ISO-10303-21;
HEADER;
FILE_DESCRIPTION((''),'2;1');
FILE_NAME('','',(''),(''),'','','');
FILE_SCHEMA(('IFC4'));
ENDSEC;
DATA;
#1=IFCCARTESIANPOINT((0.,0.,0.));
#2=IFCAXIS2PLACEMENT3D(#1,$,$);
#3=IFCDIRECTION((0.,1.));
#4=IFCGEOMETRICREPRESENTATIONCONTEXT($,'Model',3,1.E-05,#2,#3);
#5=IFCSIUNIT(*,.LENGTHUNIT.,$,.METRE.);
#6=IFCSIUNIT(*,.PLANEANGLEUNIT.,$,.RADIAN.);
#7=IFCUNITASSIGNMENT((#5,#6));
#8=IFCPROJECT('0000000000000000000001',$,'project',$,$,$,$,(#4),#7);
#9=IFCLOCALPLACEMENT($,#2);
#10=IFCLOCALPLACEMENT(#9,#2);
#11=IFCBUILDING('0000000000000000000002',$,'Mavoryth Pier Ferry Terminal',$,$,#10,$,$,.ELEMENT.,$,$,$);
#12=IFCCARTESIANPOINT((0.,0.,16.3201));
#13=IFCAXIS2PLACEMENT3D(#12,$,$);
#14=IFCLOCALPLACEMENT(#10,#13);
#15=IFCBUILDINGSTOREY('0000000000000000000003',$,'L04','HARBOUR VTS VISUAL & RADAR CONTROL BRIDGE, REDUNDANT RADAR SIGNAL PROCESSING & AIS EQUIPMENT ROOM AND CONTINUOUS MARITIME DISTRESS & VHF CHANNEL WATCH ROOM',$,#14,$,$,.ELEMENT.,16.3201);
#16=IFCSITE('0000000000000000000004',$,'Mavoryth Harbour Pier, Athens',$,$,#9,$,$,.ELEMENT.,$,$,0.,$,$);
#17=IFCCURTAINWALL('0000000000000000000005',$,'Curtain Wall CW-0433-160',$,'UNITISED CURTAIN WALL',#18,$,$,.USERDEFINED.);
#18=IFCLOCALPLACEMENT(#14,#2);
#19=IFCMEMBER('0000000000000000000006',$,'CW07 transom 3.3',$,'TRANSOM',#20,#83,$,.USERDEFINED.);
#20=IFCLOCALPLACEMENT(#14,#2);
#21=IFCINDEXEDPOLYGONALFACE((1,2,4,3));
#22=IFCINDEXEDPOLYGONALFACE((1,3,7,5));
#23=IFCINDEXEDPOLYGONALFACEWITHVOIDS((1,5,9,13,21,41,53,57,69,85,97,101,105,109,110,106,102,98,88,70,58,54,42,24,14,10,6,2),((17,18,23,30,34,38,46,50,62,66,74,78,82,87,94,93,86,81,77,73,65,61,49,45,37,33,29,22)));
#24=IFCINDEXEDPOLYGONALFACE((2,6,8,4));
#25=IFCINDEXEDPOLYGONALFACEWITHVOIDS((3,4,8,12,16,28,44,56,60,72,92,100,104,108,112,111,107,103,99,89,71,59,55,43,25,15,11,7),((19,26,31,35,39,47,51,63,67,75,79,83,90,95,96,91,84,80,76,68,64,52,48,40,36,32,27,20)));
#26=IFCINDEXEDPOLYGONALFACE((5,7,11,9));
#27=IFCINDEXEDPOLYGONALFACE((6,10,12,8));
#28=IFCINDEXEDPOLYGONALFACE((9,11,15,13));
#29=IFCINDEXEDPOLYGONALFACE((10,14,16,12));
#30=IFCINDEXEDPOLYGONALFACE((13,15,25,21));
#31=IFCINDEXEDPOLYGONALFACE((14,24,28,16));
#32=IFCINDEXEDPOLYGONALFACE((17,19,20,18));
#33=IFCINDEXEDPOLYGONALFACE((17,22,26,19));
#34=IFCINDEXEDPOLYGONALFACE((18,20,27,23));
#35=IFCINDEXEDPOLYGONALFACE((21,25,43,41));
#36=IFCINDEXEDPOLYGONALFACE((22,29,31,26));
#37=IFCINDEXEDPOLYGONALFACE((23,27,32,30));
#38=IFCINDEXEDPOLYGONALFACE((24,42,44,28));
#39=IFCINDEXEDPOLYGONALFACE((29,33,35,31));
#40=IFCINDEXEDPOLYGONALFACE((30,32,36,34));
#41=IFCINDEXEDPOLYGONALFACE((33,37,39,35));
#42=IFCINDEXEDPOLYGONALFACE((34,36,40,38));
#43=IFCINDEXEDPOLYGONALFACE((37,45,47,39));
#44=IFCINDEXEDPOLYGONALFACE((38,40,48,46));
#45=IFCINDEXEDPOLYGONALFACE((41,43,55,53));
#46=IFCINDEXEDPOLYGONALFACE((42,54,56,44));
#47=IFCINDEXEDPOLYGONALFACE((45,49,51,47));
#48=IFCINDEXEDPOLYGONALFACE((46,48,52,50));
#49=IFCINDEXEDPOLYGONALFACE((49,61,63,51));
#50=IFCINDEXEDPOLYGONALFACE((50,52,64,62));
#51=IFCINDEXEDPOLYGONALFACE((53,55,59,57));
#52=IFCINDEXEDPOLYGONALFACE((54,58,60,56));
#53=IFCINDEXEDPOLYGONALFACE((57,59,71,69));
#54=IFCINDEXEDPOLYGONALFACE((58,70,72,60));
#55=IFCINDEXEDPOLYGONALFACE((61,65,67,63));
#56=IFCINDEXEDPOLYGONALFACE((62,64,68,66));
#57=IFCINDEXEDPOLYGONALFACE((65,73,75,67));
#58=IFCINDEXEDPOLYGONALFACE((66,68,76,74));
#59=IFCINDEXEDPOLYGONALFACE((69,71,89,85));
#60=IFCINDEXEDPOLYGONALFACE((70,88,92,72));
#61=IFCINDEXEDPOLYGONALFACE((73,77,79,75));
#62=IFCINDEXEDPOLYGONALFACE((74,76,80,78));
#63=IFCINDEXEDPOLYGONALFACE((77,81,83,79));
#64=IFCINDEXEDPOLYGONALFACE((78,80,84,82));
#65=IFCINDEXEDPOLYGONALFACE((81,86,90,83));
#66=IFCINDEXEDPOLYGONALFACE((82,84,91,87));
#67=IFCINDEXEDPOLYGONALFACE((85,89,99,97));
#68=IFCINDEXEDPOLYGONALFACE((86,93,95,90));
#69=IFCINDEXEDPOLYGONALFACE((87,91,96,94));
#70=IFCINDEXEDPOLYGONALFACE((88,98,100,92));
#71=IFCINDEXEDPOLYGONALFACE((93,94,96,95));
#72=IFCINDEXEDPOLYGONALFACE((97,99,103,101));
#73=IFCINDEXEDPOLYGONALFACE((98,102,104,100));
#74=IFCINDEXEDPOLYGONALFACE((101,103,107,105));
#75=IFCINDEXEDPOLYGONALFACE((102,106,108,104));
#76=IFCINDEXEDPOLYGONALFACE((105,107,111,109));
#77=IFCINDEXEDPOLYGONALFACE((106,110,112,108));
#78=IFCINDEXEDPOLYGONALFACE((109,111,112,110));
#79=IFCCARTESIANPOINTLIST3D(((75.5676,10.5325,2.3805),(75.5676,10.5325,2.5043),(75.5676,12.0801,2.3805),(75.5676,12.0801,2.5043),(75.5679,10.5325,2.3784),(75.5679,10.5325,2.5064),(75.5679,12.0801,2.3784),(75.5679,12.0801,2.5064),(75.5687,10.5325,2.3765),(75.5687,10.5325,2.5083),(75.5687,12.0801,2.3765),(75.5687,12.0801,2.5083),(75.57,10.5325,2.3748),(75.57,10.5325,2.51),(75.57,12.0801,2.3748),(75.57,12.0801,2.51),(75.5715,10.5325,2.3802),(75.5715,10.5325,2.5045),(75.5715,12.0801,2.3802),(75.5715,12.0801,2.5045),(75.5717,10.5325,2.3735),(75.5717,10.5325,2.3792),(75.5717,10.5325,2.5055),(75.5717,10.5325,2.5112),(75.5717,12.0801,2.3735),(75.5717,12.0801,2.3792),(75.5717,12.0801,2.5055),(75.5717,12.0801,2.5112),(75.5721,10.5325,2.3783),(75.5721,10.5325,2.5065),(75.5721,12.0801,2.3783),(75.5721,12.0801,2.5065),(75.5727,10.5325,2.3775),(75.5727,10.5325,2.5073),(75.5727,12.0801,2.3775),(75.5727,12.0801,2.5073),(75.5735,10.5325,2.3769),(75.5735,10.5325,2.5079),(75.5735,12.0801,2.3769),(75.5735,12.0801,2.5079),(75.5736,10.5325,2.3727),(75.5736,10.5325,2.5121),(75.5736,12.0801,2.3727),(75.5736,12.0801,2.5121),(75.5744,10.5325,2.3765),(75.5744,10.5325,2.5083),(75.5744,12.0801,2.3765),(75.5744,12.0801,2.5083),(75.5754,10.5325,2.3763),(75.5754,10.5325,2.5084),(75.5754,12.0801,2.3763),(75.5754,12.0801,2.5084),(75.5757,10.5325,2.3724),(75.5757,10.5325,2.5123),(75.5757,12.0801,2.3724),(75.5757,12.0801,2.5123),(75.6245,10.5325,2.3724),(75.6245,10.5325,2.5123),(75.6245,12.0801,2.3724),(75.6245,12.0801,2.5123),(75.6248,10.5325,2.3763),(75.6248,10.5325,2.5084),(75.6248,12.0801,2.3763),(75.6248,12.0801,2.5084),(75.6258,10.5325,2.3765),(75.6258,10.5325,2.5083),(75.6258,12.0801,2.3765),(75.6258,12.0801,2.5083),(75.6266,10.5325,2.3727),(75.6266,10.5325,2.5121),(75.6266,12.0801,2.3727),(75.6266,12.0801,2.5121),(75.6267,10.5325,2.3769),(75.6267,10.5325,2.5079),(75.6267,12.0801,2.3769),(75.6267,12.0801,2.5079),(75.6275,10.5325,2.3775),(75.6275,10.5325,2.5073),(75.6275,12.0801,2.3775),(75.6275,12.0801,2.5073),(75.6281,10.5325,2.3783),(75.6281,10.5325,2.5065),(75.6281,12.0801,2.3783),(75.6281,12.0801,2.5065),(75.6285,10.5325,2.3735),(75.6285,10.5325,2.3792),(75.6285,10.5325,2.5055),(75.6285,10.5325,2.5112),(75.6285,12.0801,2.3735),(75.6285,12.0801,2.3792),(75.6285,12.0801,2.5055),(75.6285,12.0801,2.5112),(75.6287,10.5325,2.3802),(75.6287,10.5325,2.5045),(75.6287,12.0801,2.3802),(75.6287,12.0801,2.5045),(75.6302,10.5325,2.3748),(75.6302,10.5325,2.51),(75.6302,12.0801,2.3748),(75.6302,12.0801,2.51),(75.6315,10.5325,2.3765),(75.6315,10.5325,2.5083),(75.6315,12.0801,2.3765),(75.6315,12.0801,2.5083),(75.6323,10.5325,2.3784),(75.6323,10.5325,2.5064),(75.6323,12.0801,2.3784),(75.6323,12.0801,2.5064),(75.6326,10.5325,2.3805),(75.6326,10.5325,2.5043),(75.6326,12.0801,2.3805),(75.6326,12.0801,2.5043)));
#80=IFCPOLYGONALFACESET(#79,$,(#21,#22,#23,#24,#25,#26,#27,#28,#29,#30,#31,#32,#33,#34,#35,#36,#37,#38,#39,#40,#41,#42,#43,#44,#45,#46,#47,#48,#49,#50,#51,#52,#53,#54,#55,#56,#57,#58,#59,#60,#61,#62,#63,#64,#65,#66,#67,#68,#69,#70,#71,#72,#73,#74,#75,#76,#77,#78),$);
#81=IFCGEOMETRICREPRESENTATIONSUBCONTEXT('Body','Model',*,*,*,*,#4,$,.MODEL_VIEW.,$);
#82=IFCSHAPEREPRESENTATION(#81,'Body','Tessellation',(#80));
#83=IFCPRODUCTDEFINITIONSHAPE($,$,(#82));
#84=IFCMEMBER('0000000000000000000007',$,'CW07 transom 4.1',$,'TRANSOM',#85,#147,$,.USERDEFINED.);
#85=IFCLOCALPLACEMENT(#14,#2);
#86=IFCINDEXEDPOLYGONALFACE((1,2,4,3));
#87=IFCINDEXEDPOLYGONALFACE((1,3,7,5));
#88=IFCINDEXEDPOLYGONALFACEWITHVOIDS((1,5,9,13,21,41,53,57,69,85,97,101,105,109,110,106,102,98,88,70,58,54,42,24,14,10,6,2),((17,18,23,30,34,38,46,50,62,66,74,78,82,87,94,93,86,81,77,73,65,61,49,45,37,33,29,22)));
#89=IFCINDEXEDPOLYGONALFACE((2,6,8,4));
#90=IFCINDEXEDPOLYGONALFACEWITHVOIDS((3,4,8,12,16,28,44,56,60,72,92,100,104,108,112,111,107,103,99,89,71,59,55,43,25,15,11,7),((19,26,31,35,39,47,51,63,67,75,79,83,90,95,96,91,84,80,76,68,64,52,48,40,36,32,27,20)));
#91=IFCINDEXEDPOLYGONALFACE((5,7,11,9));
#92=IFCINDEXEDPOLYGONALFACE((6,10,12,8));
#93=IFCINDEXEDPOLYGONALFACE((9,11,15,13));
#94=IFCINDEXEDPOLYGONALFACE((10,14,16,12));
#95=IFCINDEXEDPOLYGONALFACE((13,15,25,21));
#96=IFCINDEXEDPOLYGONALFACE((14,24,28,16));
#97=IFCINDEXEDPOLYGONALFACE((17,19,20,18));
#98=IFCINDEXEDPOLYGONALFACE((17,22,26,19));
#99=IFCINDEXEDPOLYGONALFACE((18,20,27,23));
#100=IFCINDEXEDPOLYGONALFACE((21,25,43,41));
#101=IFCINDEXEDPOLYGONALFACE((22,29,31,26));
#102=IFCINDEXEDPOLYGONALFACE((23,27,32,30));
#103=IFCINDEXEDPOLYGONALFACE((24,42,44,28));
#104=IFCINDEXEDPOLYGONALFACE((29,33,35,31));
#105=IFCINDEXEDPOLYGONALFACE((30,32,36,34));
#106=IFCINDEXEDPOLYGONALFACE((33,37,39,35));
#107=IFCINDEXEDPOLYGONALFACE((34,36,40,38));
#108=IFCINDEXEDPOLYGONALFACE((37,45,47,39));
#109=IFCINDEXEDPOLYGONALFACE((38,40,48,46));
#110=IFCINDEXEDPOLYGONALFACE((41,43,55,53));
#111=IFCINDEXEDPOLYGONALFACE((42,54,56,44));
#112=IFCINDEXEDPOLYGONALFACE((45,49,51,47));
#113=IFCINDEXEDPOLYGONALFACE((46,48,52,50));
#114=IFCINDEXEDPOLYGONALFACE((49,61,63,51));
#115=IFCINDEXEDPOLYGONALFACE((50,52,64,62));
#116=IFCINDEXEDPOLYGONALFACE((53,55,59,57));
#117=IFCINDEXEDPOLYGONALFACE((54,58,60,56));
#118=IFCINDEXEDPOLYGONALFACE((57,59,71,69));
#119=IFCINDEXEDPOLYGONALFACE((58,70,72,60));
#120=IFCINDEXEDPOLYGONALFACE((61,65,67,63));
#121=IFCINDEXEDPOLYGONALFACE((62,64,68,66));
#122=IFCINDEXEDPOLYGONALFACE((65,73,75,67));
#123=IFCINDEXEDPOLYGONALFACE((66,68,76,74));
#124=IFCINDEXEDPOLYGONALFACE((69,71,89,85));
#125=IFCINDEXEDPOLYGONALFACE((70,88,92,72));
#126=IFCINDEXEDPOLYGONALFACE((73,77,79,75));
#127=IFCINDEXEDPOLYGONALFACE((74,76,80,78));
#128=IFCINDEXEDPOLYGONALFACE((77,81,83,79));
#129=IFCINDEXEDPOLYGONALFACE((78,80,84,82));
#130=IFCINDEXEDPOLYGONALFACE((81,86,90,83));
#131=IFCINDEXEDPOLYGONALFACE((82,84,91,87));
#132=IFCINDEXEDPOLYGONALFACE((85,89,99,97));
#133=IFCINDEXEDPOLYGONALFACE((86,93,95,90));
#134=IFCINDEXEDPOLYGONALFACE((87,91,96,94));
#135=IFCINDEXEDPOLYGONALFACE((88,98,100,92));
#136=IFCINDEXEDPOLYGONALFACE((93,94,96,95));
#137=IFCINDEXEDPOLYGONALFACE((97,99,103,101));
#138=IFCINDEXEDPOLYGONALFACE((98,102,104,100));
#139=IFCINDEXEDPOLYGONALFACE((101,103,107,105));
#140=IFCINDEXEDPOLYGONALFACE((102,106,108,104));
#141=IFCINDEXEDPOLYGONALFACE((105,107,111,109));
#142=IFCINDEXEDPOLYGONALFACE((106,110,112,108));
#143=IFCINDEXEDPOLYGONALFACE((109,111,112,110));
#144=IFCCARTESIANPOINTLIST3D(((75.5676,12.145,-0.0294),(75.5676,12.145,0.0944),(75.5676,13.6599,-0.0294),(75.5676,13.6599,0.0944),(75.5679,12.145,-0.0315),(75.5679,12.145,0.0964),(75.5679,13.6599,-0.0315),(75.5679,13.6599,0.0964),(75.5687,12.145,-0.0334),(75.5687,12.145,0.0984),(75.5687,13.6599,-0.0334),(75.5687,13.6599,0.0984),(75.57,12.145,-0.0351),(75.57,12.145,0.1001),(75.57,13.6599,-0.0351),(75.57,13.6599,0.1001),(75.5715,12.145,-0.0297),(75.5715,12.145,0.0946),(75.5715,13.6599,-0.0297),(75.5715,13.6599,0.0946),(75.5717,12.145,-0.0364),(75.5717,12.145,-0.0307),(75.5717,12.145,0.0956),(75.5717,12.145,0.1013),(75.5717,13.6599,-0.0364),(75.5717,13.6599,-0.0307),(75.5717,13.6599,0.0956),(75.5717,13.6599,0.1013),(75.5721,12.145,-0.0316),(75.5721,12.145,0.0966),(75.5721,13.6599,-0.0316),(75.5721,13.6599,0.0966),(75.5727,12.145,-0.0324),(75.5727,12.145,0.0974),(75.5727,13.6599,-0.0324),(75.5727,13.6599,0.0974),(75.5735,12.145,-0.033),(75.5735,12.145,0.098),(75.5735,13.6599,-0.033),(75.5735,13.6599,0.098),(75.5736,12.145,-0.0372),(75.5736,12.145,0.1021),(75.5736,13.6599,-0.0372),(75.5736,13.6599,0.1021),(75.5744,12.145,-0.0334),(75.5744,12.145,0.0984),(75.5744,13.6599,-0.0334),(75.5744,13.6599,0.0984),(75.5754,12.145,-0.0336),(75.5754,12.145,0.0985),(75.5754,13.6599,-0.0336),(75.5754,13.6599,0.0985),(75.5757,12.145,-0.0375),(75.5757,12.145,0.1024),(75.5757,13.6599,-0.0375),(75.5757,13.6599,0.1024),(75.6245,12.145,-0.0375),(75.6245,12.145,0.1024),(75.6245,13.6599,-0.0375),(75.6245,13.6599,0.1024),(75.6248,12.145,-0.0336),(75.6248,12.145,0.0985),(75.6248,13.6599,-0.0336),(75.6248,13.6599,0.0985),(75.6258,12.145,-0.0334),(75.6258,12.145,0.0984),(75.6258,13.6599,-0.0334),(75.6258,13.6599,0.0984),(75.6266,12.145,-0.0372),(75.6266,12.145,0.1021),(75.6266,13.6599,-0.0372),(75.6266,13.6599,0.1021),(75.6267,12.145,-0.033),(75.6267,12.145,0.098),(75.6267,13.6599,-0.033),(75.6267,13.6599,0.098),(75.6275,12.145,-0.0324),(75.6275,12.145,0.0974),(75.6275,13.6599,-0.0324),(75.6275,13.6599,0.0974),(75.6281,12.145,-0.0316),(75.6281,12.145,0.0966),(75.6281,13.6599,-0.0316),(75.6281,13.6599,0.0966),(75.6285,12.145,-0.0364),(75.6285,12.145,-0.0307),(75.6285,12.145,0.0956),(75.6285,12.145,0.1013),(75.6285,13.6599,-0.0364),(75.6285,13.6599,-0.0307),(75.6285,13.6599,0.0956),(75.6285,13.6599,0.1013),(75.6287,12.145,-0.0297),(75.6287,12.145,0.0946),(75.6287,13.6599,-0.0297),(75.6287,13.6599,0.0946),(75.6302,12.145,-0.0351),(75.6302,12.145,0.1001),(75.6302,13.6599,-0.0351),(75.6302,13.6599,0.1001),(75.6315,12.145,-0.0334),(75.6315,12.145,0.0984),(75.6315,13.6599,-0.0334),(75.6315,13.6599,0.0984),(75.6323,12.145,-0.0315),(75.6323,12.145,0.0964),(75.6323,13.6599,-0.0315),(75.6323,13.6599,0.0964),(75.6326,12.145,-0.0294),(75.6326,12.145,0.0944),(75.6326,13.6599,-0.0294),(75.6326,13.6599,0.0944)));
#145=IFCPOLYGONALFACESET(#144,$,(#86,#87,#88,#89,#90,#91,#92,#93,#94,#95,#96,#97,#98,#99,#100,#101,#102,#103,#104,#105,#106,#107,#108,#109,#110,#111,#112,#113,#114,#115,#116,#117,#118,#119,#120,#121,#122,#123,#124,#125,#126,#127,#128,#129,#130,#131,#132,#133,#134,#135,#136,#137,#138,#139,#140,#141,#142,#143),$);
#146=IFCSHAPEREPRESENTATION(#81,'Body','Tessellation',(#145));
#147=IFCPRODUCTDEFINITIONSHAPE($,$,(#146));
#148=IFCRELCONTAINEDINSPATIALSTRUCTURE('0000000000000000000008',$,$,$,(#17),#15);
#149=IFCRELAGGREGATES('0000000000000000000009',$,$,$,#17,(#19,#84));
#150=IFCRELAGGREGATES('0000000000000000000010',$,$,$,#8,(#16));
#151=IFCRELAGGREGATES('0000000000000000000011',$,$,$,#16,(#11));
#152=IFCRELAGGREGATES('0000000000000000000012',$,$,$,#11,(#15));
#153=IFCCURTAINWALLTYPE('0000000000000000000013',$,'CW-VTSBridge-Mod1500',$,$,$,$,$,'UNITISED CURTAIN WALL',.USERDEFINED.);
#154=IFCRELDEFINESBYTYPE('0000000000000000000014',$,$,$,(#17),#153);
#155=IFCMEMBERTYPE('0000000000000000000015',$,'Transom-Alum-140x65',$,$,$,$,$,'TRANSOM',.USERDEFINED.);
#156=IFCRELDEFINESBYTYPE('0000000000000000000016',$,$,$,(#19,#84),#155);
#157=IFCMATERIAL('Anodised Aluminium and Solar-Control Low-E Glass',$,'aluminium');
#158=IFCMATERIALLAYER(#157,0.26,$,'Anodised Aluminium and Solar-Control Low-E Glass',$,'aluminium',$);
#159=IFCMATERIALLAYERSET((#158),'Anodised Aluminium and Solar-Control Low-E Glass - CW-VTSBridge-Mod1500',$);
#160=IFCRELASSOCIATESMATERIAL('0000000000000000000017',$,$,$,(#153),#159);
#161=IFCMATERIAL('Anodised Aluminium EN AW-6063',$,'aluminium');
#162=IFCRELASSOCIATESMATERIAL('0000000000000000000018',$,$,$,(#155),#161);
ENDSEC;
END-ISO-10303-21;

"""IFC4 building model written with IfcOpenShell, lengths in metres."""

from ifc_helpers import new_model, si_unit, direction, frame, origin, origin_2d, place, context, subcontext, project, spatial, hollow_rectangle, extrude, material, layer, layer_set, material_profile, profile_set, type_object, element, aggregate, save


model = new_model("IFC4")

# Units and contexts
model_context = context("Model", 3, precision=1e-05, world=origin(), true_north=direction((0.0, 1.0)))
body_context = subcontext(model_context, "Body", "Model", "MODEL_VIEW")
ifc_project = project(units=[si_unit("LENGTHUNIT", "METRE"), si_unit("PLANEANGLEUNIT", "RADIAN")], contexts=[model_context])

# Site, building, storey
site_placement = place(None, origin())
site = spatial("IfcSite", under=ifc_project, at=site_placement, Name="Mavoryth Harbour Pier, Athens", CompositionType="ELEMENT", RefElevation=0.0)
building_placement = place(site_placement, origin())
building = spatial("IfcBuilding", under=site, at=building_placement, Name="Mavoryth Pier Ferry Terminal", CompositionType="ELEMENT")
storey_placement = place(building_placement, frame((0.0, 0.0, 16.3201)))
storey = spatial("IfcBuildingStorey", under=building, at=storey_placement, Name="L04", Description="HARBOUR VTS VISUAL & RADAR CONTROL BRIDGE, REDUNDANT RADAR SIGNAL PROCESSING & AIS EQUIPMENT ROOM AND CONTINUOUS MARITIME DISTRESS & VHF CHANNEL WATCH ROOM", CompositionType="ELEMENT", Elevation=16.3201)

# Curtain wall, members
ifc_material_1 = material(Name="Anodised Aluminium and Solar-Control Low-E Glass", Category="aluminium")
ifc_layer_1 = layer(ifc_material_1, 0.26, Name="Anodised Aluminium and Solar-Control Low-E Glass", Category="aluminium")
ifc_layer_set_1 = layer_set([ifc_layer_1], Name="Anodised Aluminium and Solar-Control Low-E Glass - CW-VTSBridge-Mod1500")
curtain_wall_type = type_object("IfcCurtainWallType", Name="CW-VTSBridge-Mod1500", ElementType="UNITISED CURTAIN WALL", PredefinedType="USERDEFINED", material=ifc_layer_set_1)
curtain_wall_placement = place(storey_placement, origin())
curtain_wall = element("IfcCurtainWall", 1, at=curtain_wall_placement, inside=storey, type_object=curtain_wall_type, Name="Curtain Wall CW-0433-160", ObjectType="UNITISED CURTAIN WALL", PredefinedType="USERDEFINED")
ifc_material_2 = material(Name="Anodised Aluminium EN AW-6063", Category="aluminium")
ifc_material_profile_1 = material_profile(ifc_material_2, hollow_rectangle(XDim=0.0649, YDim=0.1399, WallThickness=0.0039, InnerFilletRadius=0.0039, OuterFilletRadius=0.0081, at=origin_2d()), Name="AL-TRAN 140x65x4", Category="aluminium")
ifc_profile_set_1 = profile_set([ifc_material_profile_1], Name="Anodised Aluminium EN AW-6063 - AL-TRAN 140x65x4")
member_type_1 = type_object("IfcMemberType", Name="Transom-Alum-140x65", ElementType="TRANSOM", PredefinedType="USERDEFINED", material=ifc_profile_set_1)
member_1_placement = place(storey_placement, frame((75.6001, 10.5325, 2.4424), z_axis=(0.0, 1.0, 0.0), x_axis=(-1.0, 0.0, 0.0)))
member_1 = element("IfcMember", 2, at=member_1_placement, type_object=member_type_1, Name="CW07 transom 3.3", ObjectType="TRANSOM", PredefinedType="USERDEFINED", context=body_context, shape_type="SweptSolid", body=[
    extrude(hollow_rectangle(XDim=0.0649, YDim=0.1399, WallThickness=0.0039, InnerFilletRadius=0.0039, OuterFilletRadius=0.0081, at=origin_2d()), origin(), (0.0, 0.0, 1.0), 1.5476),
])
member_2_placement = place(storey_placement, frame((75.6001, 12.145, 0.0325), z_axis=(0.0, 1.0, 0.0), x_axis=(-1.0, 0.0, 0.0)))
member_2 = element("IfcMember", 3, at=member_2_placement, type_object=member_type_1, Name="CW07 transom 4.1", ObjectType="TRANSOM", PredefinedType="USERDEFINED", context=body_context, shape_type="SweptSolid", body=[
    extrude(hollow_rectangle(XDim=0.0649, YDim=0.1399, WallThickness=0.0039, InnerFilletRadius=0.0039, OuterFilletRadius=0.0081, at=origin_2d()), origin(), (0.0, 0.0, 1.0), 1.5149),
])
aggregate(curtain_wall, [member_1, member_2])

save(model, "model.ifc")
